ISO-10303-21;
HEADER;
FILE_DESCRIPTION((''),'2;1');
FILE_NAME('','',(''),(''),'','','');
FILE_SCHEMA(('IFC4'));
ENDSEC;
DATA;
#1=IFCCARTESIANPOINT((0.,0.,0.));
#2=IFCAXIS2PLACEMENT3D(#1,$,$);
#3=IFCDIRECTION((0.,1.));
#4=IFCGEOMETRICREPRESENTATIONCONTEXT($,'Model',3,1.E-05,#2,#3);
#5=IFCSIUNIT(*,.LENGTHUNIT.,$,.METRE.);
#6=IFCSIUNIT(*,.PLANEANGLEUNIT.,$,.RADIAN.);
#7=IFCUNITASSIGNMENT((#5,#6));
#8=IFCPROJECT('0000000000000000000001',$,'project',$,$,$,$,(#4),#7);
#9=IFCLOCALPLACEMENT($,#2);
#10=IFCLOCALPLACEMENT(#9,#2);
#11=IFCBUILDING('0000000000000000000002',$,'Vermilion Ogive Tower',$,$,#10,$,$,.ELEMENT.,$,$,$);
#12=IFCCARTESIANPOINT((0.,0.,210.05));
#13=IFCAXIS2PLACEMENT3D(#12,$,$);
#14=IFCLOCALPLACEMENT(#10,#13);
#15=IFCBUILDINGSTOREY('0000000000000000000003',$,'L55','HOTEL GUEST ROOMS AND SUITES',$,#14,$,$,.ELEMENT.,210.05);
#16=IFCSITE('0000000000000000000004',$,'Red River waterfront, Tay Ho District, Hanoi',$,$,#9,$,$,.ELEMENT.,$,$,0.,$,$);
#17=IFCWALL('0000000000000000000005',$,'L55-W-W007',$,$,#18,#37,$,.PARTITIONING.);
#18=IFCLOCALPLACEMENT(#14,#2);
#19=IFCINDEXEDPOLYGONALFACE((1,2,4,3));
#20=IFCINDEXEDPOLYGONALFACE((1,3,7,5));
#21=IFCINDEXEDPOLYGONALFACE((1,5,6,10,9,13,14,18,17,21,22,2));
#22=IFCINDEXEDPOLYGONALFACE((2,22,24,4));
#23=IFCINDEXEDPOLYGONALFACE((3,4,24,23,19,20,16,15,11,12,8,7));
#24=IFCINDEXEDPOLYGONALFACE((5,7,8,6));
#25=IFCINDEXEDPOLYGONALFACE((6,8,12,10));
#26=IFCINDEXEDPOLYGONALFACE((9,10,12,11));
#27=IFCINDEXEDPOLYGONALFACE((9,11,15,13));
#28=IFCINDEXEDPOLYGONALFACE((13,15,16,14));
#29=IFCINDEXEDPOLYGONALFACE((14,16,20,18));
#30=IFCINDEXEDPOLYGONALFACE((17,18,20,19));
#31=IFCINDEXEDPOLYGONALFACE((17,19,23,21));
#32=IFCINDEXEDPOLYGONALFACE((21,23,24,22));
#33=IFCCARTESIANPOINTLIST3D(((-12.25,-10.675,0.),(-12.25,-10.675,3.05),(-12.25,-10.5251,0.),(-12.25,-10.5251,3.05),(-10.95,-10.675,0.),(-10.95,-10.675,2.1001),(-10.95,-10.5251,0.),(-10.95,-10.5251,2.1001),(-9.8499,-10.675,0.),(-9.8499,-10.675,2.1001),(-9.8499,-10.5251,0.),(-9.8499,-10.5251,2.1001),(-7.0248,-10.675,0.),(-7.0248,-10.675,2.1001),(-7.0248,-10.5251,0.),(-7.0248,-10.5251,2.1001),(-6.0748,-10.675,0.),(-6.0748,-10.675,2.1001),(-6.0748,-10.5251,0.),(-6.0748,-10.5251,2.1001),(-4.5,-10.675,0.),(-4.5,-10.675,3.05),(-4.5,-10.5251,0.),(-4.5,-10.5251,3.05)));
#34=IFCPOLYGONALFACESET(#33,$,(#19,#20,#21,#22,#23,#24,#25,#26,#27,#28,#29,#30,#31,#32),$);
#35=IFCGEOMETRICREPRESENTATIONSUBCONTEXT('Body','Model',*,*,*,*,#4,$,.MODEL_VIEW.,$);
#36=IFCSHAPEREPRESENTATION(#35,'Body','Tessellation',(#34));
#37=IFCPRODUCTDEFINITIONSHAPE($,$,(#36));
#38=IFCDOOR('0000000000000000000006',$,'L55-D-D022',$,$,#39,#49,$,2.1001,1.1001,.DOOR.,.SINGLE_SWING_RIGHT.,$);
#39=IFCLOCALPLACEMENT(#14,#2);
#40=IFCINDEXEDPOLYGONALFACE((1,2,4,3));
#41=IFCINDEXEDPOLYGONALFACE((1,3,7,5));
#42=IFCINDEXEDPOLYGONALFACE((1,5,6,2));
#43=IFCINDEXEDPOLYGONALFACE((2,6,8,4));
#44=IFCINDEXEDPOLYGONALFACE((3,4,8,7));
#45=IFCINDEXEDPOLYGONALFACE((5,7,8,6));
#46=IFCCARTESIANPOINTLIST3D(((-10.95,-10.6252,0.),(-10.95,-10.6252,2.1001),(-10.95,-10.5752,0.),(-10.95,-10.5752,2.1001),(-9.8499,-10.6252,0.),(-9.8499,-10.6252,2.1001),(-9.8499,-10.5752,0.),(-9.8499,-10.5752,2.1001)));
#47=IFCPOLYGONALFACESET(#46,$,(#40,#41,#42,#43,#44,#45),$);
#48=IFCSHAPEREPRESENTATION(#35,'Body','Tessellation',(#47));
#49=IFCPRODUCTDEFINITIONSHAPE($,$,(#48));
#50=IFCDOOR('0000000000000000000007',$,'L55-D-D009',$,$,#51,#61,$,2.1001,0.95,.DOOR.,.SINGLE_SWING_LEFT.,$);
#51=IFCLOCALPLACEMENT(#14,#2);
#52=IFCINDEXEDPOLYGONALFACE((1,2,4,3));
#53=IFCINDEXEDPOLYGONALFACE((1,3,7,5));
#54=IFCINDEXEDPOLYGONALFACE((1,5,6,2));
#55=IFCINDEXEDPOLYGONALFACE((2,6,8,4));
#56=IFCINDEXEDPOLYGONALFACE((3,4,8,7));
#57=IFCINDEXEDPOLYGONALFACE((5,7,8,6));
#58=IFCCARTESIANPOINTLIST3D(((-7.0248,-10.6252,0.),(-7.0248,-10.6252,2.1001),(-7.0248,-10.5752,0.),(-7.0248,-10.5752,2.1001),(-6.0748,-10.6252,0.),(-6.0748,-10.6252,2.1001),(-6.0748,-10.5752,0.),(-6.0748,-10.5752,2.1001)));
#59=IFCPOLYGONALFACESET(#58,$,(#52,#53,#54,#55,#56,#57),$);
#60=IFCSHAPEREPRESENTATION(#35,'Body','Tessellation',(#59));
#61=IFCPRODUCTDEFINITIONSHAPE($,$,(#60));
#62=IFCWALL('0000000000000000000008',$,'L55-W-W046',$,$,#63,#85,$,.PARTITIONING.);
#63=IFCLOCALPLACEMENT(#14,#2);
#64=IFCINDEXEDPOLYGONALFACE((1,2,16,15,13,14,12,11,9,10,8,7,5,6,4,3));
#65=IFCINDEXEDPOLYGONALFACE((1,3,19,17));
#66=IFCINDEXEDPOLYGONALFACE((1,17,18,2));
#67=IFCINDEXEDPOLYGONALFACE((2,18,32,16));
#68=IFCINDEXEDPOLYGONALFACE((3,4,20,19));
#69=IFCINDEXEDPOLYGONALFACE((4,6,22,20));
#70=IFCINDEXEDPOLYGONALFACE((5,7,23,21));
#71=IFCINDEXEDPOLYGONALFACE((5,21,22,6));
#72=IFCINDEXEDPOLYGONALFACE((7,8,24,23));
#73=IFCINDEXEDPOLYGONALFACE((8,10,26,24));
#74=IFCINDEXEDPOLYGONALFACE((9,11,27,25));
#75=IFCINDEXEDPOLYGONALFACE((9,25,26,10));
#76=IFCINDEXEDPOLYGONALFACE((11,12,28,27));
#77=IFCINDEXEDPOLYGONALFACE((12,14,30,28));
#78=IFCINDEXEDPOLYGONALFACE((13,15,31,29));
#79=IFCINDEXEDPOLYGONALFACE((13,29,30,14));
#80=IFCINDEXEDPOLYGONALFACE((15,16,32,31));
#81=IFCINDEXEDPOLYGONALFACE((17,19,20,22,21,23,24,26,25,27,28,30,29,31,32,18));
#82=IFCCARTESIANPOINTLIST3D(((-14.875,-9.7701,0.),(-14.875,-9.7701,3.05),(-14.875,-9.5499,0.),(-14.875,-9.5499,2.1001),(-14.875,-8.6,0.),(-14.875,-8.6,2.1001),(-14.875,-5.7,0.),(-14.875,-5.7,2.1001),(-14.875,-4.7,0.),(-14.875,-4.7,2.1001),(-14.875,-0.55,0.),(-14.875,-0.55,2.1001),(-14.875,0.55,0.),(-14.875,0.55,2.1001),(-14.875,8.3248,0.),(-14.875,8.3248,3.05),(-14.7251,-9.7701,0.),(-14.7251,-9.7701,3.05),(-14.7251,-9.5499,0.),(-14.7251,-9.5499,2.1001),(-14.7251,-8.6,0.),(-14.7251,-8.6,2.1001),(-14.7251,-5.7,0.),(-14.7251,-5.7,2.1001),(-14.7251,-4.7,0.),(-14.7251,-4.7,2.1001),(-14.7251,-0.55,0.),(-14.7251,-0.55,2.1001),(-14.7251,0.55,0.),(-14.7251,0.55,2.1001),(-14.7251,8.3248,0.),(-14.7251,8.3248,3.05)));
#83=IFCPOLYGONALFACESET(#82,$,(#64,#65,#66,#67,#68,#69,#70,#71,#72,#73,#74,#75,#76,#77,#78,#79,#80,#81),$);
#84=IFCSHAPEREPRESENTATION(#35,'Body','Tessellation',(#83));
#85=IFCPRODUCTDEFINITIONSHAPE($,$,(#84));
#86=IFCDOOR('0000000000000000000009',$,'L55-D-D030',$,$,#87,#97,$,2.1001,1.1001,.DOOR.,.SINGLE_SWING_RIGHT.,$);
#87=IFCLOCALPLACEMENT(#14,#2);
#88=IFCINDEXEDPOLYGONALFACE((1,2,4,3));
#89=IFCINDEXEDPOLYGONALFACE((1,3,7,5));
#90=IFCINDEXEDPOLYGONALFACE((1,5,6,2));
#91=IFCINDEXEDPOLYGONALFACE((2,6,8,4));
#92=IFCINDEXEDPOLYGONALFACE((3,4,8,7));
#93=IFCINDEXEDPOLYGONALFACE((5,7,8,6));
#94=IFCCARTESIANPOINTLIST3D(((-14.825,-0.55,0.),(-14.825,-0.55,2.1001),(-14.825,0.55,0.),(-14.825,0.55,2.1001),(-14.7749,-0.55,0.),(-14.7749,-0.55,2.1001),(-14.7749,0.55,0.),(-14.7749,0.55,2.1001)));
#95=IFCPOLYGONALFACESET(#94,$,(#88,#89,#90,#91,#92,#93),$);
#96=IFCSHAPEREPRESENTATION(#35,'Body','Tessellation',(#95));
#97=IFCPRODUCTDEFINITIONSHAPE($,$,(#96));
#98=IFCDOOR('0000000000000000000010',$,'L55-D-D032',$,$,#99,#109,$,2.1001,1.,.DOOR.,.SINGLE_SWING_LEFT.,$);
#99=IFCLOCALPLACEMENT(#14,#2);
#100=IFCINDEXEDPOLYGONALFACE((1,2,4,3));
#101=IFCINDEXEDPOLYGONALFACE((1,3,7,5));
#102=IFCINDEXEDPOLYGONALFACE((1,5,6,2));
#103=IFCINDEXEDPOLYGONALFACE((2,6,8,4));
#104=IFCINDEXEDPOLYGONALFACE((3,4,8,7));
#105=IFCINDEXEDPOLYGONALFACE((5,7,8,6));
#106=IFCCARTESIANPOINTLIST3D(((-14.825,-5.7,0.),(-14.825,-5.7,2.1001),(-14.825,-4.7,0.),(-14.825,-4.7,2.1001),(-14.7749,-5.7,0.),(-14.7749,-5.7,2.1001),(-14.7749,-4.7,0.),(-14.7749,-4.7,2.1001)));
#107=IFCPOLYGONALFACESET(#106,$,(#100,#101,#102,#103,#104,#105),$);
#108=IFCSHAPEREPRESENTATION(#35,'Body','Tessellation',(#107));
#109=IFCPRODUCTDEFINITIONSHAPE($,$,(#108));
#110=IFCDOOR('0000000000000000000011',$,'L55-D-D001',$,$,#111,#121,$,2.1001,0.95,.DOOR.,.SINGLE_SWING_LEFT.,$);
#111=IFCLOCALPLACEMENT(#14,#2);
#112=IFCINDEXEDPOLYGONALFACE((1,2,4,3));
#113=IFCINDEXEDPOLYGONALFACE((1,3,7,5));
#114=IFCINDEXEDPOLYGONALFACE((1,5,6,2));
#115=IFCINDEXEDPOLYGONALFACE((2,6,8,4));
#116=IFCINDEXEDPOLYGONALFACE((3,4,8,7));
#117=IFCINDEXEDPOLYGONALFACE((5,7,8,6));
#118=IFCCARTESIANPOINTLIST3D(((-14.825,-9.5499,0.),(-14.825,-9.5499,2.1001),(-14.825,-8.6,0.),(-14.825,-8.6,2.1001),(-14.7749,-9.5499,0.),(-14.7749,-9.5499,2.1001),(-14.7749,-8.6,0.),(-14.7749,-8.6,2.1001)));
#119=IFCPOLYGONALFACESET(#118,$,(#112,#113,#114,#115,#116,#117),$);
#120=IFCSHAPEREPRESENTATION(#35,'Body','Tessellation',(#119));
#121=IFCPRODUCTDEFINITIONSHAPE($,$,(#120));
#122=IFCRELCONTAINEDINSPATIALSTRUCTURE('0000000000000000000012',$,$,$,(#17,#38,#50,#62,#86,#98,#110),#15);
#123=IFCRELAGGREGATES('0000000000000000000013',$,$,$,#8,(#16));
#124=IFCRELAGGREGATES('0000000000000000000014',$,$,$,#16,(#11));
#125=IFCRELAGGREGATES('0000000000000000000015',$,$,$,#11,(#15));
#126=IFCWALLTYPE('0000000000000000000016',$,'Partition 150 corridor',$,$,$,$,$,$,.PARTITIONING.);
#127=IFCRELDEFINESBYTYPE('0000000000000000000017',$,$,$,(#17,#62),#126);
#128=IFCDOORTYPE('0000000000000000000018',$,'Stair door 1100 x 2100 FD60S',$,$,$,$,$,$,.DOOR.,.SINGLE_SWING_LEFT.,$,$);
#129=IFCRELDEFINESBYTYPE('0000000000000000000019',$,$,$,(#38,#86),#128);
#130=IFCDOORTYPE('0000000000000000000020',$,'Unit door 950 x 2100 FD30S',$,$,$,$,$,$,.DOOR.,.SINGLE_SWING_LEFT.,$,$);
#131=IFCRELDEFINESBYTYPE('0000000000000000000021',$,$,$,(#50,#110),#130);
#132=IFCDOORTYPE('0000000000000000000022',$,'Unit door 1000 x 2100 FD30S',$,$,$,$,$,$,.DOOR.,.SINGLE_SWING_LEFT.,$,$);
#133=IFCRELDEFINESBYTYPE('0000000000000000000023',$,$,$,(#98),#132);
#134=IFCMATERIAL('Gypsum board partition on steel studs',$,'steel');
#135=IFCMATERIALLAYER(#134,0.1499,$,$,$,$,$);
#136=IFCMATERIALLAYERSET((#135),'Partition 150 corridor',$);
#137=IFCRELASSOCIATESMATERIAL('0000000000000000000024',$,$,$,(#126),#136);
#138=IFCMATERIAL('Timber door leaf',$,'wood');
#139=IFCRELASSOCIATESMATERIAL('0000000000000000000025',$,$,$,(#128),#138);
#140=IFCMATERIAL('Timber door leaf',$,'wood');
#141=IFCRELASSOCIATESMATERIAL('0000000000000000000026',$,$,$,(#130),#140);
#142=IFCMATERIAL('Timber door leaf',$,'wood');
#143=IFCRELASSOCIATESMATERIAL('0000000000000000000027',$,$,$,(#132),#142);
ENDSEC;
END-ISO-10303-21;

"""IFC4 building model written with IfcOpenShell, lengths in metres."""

from ifc_helpers import new_model, si_unit, direction, frame, frame_2d, origin, place, context, subcontext, project, spatial, rectangle, extrude, material, layer, layer_set, type_object, element, fill, save


model = new_model("IFC4")

# Units and contexts
model_context = context("Model", 3, precision=1e-05, world=origin(), true_north=direction((0.0, 1.0)))
body_context = subcontext(model_context, "Body", "Model", "MODEL_VIEW")
ifc_project = project(units=[si_unit("LENGTHUNIT", "METRE"), si_unit("PLANEANGLEUNIT", "RADIAN")], contexts=[model_context])

# Site, building, storey
site_placement = place(None, origin())
site = spatial("IfcSite", under=ifc_project, at=site_placement, Name="Red River waterfront, Tay Ho District, Hanoi", CompositionType="ELEMENT", RefElevation=0.0)
building_placement = place(site_placement, origin())
building = spatial("IfcBuilding", under=site, at=building_placement, Name="Vermilion Ogive Tower", CompositionType="ELEMENT")
storey_placement = place(building_placement, frame((0.0, 0.0, 210.05)))
storey = spatial("IfcBuildingStorey", under=building, at=storey_placement, Name="L55", Description="HOTEL GUEST ROOMS AND SUITES", CompositionType="ELEMENT", Elevation=210.05)

# Walls, openings, doors
ifc_material_1 = material(Name="Gypsum board partition on steel studs", Category="steel")
ifc_layer_1 = layer(ifc_material_1, 0.1499)
ifc_layer_set_1 = layer_set([ifc_layer_1], Name="Partition 150 corridor")
wall_type_1 = type_object("IfcWallType", Name="Partition 150 corridor", PredefinedType="PARTITIONING", material=ifc_layer_set_1)
wall_1_placement = place(storey_placement, frame((-12.25, -10.6001, 0.0), z_axis=(0.0, 0.0, 1.0), x_axis=(1.0, 0.0, 0.0)))
wall_1 = element("IfcWall", 1, at=wall_1_placement, inside=storey, type_object=wall_type_1, Name="L55-W-W007", PredefinedType="PARTITIONING", context=body_context, shape_type="SweptSolid", body=[
    extrude(rectangle(XDim=7.75, YDim=0.1499, at=frame_2d((3.875, 0.0))), origin(), (0.0, 0.0, 1.0), 3.05),
])
opening_1_placement = place(wall_1_placement, frame((5.2251, 0.0, 0.0)))
opening_1 = element("IfcOpeningElement", 2, at=opening_1_placement, cuts=wall_1, PredefinedType="OPENING", context=body_context, shape_type="SweptSolid", body=[
    extrude(rectangle(XDim=0.95, YDim=2.1001, at=frame_2d((0.4751, 1.05))), frame((0.0, 0.085, 0.0), z_axis=(0.0, -1.0, 0.0), x_axis=(1.0, 0.0, 0.0)), (0.0, 0.0, 1.0), 0.1699),
])
opening_2_placement = place(wall_1_placement, frame((1.3, 0.0, 0.0)))
opening_2 = element("IfcOpeningElement", 3, at=opening_2_placement, cuts=wall_1, PredefinedType="OPENING", context=body_context, shape_type="SweptSolid", body=[
    extrude(rectangle(XDim=1.1001, YDim=2.1001, at=frame_2d((0.55, 1.05))), frame((0.0, 0.085, 0.0), z_axis=(0.0, -1.0, 0.0), x_axis=(1.0, 0.0, 0.0)), (0.0, 0.0, 1.0), 0.1699),
])
ifc_material_2 = material(Name="Timber door leaf", Category="wood")
door_type_1 = type_object("IfcDoorType", Name="Stair door 1100 x 2100 FD60S", OperationType="SINGLE_SWING_LEFT", PredefinedType="DOOR", material=ifc_material_2)
door_1_placement = place(opening_2_placement, origin())
door_1 = element("IfcDoor", 4, at=door_1_placement, inside=storey, type_object=door_type_1, Name="L55-D-D022", OperationType="SINGLE_SWING_RIGHT", OverallHeight=2.1001, OverallWidth=1.1001, PredefinedType="DOOR", context=body_context, shape_type="SweptSolid", body=[
    extrude(rectangle(XDim=1.1001, YDim=2.1001, at=frame_2d((0.55, 1.05))), frame((0.0, 0.0249, 0.0), z_axis=(0.0, -1.0, 0.0), x_axis=(1.0, 0.0, 0.0)), (0.0, 0.0, 1.0), 0.05),
])
fill(opening_2, door_1)
ifc_material_3 = material(Name="Timber door leaf", Category="wood")
door_type_2 = type_object("IfcDoorType", Name="Unit door 950 x 2100 FD30S", OperationType="SINGLE_SWING_LEFT", PredefinedType="DOOR", material=ifc_material_3)
door_2_placement = place(opening_1_placement, origin())
door_2 = element("IfcDoor", 5, at=door_2_placement, inside=storey, type_object=door_type_2, Name="L55-D-D009", OperationType="SINGLE_SWING_LEFT", OverallHeight=2.1001, OverallWidth=0.95, PredefinedType="DOOR", context=body_context, shape_type="SweptSolid", body=[
    extrude(rectangle(XDim=0.95, YDim=2.1001, at=frame_2d((0.4751, 1.05))), frame((0.0, 0.0249, 0.0), z_axis=(0.0, -1.0, 0.0), x_axis=(1.0, 0.0, 0.0)), (0.0, 0.0, 1.0), 0.05),
])
fill(opening_1, door_2)
wall_2_placement = place(storey_placement, frame((-14.8, -9.77, 0.0), z_axis=(0.0, 0.0, 1.0), x_axis=(0.0, 1.0, 0.0)))
wall_2 = element("IfcWall", 6, at=wall_2_placement, inside=storey, type_object=wall_type_1, Name="L55-W-W046", PredefinedType="PARTITIONING", context=body_context, shape_type="SweptSolid", body=[
    extrude(rectangle(XDim=18.095, YDim=0.1499, at=frame_2d((9.0474, 0.0))), origin(), (0.0, 0.0, 1.0), 3.05),
])
opening_3_placement = place(wall_2_placement, frame((0.22, 0.0, 0.0)))
opening_3 = element("IfcOpeningElement", 7, at=opening_3_placement, cuts=wall_2, PredefinedType="OPENING", context=body_context, shape_type="SweptSolid", body=[
    extrude(rectangle(XDim=0.95, YDim=2.1001, at=frame_2d((0.4751, 1.05))), frame((0.0, 0.085, 0.0), z_axis=(0.0, -1.0, 0.0), x_axis=(1.0, 0.0, 0.0)), (0.0, 0.0, 1.0), 0.1699),
])
opening_4_placement = place(wall_2_placement, frame((9.22, 0.0, 0.0)))
opening_4 = element("IfcOpeningElement", 8, at=opening_4_placement, cuts=wall_2, PredefinedType="OPENING", context=body_context, shape_type="SweptSolid", body=[
    extrude(rectangle(XDim=1.1001, YDim=2.1001, at=frame_2d((0.55, 1.05))), frame((0.0, 0.085, 0.0), z_axis=(0.0, -1.0, 0.0), x_axis=(1.0, 0.0, 0.0)), (0.0, 0.0, 1.0), 0.1699),
])
opening_5_placement = place(wall_2_placement, frame((4.0701, 0.0, 0.0)))
opening_5 = element("IfcOpeningElement", 9, at=opening_5_placement, cuts=wall_2, PredefinedType="OPENING", context=body_context, shape_type="SweptSolid", body=[
    extrude(rectangle(XDim=1.0, YDim=2.1001, at=frame_2d((0.5, 1.05))), frame((0.0, 0.085, 0.0), z_axis=(0.0, -1.0, 0.0), x_axis=(1.0, 0.0, 0.0)), (0.0, 0.0, 1.0), 0.1699),
])
door_3_placement = place(opening_4_placement, origin())
door_3 = element("IfcDoor", 10, at=door_3_placement, inside=storey, type_object=door_type_1, Name="L55-D-D030", OperationType="SINGLE_SWING_RIGHT", OverallHeight=2.1001, OverallWidth=1.1001, PredefinedType="DOOR", context=body_context, shape_type="SweptSolid", body=[
    extrude(rectangle(XDim=1.1001, YDim=2.1001, at=frame_2d((0.55, 1.05))), frame((0.0, 0.0249, 0.0), z_axis=(0.0, -1.0, 0.0), x_axis=(1.0, 0.0, 0.0)), (0.0, 0.0, 1.0), 0.05),
])
fill(opening_4, door_3)
ifc_material_4 = material(Name="Timber door leaf", Category="wood")
door_type_3 = type_object("IfcDoorType", Name="Unit door 1000 x 2100 FD30S", OperationType="SINGLE_SWING_LEFT", PredefinedType="DOOR", material=ifc_material_4)
door_4_placement = place(opening_5_placement, origin())
door_4 = element("IfcDoor", 11, at=door_4_placement, inside=storey, type_object=door_type_3, Name="L55-D-D032", OperationType="SINGLE_SWING_LEFT", OverallHeight=2.1001, OverallWidth=1.0, PredefinedType="DOOR", context=body_context, shape_type="SweptSolid", body=[
    extrude(rectangle(XDim=1.0, YDim=2.1001, at=frame_2d((0.5, 1.05))), frame((0.0, 0.0249, 0.0), z_axis=(0.0, -1.0, 0.0), x_axis=(1.0, 0.0, 0.0)), (0.0, 0.0, 1.0), 0.05),
])
fill(opening_5, door_4)
door_5_placement = place(opening_3_placement, origin())
door_5 = element("IfcDoor", 12, at=door_5_placement, inside=storey, type_object=door_type_2, Name="L55-D-D001", OperationType="SINGLE_SWING_LEFT", OverallHeight=2.1001, OverallWidth=0.95, PredefinedType="DOOR", context=body_context, shape_type="SweptSolid", body=[
    extrude(rectangle(XDim=0.95, YDim=2.1001, at=frame_2d((0.4751, 1.05))), frame((0.0, 0.0249, 0.0), z_axis=(0.0, -1.0, 0.0), x_axis=(1.0, 0.0, 0.0)), (0.0, 0.0, 1.0), 0.05),
])
fill(opening_3, door_5)

save(model, "model.ifc")
